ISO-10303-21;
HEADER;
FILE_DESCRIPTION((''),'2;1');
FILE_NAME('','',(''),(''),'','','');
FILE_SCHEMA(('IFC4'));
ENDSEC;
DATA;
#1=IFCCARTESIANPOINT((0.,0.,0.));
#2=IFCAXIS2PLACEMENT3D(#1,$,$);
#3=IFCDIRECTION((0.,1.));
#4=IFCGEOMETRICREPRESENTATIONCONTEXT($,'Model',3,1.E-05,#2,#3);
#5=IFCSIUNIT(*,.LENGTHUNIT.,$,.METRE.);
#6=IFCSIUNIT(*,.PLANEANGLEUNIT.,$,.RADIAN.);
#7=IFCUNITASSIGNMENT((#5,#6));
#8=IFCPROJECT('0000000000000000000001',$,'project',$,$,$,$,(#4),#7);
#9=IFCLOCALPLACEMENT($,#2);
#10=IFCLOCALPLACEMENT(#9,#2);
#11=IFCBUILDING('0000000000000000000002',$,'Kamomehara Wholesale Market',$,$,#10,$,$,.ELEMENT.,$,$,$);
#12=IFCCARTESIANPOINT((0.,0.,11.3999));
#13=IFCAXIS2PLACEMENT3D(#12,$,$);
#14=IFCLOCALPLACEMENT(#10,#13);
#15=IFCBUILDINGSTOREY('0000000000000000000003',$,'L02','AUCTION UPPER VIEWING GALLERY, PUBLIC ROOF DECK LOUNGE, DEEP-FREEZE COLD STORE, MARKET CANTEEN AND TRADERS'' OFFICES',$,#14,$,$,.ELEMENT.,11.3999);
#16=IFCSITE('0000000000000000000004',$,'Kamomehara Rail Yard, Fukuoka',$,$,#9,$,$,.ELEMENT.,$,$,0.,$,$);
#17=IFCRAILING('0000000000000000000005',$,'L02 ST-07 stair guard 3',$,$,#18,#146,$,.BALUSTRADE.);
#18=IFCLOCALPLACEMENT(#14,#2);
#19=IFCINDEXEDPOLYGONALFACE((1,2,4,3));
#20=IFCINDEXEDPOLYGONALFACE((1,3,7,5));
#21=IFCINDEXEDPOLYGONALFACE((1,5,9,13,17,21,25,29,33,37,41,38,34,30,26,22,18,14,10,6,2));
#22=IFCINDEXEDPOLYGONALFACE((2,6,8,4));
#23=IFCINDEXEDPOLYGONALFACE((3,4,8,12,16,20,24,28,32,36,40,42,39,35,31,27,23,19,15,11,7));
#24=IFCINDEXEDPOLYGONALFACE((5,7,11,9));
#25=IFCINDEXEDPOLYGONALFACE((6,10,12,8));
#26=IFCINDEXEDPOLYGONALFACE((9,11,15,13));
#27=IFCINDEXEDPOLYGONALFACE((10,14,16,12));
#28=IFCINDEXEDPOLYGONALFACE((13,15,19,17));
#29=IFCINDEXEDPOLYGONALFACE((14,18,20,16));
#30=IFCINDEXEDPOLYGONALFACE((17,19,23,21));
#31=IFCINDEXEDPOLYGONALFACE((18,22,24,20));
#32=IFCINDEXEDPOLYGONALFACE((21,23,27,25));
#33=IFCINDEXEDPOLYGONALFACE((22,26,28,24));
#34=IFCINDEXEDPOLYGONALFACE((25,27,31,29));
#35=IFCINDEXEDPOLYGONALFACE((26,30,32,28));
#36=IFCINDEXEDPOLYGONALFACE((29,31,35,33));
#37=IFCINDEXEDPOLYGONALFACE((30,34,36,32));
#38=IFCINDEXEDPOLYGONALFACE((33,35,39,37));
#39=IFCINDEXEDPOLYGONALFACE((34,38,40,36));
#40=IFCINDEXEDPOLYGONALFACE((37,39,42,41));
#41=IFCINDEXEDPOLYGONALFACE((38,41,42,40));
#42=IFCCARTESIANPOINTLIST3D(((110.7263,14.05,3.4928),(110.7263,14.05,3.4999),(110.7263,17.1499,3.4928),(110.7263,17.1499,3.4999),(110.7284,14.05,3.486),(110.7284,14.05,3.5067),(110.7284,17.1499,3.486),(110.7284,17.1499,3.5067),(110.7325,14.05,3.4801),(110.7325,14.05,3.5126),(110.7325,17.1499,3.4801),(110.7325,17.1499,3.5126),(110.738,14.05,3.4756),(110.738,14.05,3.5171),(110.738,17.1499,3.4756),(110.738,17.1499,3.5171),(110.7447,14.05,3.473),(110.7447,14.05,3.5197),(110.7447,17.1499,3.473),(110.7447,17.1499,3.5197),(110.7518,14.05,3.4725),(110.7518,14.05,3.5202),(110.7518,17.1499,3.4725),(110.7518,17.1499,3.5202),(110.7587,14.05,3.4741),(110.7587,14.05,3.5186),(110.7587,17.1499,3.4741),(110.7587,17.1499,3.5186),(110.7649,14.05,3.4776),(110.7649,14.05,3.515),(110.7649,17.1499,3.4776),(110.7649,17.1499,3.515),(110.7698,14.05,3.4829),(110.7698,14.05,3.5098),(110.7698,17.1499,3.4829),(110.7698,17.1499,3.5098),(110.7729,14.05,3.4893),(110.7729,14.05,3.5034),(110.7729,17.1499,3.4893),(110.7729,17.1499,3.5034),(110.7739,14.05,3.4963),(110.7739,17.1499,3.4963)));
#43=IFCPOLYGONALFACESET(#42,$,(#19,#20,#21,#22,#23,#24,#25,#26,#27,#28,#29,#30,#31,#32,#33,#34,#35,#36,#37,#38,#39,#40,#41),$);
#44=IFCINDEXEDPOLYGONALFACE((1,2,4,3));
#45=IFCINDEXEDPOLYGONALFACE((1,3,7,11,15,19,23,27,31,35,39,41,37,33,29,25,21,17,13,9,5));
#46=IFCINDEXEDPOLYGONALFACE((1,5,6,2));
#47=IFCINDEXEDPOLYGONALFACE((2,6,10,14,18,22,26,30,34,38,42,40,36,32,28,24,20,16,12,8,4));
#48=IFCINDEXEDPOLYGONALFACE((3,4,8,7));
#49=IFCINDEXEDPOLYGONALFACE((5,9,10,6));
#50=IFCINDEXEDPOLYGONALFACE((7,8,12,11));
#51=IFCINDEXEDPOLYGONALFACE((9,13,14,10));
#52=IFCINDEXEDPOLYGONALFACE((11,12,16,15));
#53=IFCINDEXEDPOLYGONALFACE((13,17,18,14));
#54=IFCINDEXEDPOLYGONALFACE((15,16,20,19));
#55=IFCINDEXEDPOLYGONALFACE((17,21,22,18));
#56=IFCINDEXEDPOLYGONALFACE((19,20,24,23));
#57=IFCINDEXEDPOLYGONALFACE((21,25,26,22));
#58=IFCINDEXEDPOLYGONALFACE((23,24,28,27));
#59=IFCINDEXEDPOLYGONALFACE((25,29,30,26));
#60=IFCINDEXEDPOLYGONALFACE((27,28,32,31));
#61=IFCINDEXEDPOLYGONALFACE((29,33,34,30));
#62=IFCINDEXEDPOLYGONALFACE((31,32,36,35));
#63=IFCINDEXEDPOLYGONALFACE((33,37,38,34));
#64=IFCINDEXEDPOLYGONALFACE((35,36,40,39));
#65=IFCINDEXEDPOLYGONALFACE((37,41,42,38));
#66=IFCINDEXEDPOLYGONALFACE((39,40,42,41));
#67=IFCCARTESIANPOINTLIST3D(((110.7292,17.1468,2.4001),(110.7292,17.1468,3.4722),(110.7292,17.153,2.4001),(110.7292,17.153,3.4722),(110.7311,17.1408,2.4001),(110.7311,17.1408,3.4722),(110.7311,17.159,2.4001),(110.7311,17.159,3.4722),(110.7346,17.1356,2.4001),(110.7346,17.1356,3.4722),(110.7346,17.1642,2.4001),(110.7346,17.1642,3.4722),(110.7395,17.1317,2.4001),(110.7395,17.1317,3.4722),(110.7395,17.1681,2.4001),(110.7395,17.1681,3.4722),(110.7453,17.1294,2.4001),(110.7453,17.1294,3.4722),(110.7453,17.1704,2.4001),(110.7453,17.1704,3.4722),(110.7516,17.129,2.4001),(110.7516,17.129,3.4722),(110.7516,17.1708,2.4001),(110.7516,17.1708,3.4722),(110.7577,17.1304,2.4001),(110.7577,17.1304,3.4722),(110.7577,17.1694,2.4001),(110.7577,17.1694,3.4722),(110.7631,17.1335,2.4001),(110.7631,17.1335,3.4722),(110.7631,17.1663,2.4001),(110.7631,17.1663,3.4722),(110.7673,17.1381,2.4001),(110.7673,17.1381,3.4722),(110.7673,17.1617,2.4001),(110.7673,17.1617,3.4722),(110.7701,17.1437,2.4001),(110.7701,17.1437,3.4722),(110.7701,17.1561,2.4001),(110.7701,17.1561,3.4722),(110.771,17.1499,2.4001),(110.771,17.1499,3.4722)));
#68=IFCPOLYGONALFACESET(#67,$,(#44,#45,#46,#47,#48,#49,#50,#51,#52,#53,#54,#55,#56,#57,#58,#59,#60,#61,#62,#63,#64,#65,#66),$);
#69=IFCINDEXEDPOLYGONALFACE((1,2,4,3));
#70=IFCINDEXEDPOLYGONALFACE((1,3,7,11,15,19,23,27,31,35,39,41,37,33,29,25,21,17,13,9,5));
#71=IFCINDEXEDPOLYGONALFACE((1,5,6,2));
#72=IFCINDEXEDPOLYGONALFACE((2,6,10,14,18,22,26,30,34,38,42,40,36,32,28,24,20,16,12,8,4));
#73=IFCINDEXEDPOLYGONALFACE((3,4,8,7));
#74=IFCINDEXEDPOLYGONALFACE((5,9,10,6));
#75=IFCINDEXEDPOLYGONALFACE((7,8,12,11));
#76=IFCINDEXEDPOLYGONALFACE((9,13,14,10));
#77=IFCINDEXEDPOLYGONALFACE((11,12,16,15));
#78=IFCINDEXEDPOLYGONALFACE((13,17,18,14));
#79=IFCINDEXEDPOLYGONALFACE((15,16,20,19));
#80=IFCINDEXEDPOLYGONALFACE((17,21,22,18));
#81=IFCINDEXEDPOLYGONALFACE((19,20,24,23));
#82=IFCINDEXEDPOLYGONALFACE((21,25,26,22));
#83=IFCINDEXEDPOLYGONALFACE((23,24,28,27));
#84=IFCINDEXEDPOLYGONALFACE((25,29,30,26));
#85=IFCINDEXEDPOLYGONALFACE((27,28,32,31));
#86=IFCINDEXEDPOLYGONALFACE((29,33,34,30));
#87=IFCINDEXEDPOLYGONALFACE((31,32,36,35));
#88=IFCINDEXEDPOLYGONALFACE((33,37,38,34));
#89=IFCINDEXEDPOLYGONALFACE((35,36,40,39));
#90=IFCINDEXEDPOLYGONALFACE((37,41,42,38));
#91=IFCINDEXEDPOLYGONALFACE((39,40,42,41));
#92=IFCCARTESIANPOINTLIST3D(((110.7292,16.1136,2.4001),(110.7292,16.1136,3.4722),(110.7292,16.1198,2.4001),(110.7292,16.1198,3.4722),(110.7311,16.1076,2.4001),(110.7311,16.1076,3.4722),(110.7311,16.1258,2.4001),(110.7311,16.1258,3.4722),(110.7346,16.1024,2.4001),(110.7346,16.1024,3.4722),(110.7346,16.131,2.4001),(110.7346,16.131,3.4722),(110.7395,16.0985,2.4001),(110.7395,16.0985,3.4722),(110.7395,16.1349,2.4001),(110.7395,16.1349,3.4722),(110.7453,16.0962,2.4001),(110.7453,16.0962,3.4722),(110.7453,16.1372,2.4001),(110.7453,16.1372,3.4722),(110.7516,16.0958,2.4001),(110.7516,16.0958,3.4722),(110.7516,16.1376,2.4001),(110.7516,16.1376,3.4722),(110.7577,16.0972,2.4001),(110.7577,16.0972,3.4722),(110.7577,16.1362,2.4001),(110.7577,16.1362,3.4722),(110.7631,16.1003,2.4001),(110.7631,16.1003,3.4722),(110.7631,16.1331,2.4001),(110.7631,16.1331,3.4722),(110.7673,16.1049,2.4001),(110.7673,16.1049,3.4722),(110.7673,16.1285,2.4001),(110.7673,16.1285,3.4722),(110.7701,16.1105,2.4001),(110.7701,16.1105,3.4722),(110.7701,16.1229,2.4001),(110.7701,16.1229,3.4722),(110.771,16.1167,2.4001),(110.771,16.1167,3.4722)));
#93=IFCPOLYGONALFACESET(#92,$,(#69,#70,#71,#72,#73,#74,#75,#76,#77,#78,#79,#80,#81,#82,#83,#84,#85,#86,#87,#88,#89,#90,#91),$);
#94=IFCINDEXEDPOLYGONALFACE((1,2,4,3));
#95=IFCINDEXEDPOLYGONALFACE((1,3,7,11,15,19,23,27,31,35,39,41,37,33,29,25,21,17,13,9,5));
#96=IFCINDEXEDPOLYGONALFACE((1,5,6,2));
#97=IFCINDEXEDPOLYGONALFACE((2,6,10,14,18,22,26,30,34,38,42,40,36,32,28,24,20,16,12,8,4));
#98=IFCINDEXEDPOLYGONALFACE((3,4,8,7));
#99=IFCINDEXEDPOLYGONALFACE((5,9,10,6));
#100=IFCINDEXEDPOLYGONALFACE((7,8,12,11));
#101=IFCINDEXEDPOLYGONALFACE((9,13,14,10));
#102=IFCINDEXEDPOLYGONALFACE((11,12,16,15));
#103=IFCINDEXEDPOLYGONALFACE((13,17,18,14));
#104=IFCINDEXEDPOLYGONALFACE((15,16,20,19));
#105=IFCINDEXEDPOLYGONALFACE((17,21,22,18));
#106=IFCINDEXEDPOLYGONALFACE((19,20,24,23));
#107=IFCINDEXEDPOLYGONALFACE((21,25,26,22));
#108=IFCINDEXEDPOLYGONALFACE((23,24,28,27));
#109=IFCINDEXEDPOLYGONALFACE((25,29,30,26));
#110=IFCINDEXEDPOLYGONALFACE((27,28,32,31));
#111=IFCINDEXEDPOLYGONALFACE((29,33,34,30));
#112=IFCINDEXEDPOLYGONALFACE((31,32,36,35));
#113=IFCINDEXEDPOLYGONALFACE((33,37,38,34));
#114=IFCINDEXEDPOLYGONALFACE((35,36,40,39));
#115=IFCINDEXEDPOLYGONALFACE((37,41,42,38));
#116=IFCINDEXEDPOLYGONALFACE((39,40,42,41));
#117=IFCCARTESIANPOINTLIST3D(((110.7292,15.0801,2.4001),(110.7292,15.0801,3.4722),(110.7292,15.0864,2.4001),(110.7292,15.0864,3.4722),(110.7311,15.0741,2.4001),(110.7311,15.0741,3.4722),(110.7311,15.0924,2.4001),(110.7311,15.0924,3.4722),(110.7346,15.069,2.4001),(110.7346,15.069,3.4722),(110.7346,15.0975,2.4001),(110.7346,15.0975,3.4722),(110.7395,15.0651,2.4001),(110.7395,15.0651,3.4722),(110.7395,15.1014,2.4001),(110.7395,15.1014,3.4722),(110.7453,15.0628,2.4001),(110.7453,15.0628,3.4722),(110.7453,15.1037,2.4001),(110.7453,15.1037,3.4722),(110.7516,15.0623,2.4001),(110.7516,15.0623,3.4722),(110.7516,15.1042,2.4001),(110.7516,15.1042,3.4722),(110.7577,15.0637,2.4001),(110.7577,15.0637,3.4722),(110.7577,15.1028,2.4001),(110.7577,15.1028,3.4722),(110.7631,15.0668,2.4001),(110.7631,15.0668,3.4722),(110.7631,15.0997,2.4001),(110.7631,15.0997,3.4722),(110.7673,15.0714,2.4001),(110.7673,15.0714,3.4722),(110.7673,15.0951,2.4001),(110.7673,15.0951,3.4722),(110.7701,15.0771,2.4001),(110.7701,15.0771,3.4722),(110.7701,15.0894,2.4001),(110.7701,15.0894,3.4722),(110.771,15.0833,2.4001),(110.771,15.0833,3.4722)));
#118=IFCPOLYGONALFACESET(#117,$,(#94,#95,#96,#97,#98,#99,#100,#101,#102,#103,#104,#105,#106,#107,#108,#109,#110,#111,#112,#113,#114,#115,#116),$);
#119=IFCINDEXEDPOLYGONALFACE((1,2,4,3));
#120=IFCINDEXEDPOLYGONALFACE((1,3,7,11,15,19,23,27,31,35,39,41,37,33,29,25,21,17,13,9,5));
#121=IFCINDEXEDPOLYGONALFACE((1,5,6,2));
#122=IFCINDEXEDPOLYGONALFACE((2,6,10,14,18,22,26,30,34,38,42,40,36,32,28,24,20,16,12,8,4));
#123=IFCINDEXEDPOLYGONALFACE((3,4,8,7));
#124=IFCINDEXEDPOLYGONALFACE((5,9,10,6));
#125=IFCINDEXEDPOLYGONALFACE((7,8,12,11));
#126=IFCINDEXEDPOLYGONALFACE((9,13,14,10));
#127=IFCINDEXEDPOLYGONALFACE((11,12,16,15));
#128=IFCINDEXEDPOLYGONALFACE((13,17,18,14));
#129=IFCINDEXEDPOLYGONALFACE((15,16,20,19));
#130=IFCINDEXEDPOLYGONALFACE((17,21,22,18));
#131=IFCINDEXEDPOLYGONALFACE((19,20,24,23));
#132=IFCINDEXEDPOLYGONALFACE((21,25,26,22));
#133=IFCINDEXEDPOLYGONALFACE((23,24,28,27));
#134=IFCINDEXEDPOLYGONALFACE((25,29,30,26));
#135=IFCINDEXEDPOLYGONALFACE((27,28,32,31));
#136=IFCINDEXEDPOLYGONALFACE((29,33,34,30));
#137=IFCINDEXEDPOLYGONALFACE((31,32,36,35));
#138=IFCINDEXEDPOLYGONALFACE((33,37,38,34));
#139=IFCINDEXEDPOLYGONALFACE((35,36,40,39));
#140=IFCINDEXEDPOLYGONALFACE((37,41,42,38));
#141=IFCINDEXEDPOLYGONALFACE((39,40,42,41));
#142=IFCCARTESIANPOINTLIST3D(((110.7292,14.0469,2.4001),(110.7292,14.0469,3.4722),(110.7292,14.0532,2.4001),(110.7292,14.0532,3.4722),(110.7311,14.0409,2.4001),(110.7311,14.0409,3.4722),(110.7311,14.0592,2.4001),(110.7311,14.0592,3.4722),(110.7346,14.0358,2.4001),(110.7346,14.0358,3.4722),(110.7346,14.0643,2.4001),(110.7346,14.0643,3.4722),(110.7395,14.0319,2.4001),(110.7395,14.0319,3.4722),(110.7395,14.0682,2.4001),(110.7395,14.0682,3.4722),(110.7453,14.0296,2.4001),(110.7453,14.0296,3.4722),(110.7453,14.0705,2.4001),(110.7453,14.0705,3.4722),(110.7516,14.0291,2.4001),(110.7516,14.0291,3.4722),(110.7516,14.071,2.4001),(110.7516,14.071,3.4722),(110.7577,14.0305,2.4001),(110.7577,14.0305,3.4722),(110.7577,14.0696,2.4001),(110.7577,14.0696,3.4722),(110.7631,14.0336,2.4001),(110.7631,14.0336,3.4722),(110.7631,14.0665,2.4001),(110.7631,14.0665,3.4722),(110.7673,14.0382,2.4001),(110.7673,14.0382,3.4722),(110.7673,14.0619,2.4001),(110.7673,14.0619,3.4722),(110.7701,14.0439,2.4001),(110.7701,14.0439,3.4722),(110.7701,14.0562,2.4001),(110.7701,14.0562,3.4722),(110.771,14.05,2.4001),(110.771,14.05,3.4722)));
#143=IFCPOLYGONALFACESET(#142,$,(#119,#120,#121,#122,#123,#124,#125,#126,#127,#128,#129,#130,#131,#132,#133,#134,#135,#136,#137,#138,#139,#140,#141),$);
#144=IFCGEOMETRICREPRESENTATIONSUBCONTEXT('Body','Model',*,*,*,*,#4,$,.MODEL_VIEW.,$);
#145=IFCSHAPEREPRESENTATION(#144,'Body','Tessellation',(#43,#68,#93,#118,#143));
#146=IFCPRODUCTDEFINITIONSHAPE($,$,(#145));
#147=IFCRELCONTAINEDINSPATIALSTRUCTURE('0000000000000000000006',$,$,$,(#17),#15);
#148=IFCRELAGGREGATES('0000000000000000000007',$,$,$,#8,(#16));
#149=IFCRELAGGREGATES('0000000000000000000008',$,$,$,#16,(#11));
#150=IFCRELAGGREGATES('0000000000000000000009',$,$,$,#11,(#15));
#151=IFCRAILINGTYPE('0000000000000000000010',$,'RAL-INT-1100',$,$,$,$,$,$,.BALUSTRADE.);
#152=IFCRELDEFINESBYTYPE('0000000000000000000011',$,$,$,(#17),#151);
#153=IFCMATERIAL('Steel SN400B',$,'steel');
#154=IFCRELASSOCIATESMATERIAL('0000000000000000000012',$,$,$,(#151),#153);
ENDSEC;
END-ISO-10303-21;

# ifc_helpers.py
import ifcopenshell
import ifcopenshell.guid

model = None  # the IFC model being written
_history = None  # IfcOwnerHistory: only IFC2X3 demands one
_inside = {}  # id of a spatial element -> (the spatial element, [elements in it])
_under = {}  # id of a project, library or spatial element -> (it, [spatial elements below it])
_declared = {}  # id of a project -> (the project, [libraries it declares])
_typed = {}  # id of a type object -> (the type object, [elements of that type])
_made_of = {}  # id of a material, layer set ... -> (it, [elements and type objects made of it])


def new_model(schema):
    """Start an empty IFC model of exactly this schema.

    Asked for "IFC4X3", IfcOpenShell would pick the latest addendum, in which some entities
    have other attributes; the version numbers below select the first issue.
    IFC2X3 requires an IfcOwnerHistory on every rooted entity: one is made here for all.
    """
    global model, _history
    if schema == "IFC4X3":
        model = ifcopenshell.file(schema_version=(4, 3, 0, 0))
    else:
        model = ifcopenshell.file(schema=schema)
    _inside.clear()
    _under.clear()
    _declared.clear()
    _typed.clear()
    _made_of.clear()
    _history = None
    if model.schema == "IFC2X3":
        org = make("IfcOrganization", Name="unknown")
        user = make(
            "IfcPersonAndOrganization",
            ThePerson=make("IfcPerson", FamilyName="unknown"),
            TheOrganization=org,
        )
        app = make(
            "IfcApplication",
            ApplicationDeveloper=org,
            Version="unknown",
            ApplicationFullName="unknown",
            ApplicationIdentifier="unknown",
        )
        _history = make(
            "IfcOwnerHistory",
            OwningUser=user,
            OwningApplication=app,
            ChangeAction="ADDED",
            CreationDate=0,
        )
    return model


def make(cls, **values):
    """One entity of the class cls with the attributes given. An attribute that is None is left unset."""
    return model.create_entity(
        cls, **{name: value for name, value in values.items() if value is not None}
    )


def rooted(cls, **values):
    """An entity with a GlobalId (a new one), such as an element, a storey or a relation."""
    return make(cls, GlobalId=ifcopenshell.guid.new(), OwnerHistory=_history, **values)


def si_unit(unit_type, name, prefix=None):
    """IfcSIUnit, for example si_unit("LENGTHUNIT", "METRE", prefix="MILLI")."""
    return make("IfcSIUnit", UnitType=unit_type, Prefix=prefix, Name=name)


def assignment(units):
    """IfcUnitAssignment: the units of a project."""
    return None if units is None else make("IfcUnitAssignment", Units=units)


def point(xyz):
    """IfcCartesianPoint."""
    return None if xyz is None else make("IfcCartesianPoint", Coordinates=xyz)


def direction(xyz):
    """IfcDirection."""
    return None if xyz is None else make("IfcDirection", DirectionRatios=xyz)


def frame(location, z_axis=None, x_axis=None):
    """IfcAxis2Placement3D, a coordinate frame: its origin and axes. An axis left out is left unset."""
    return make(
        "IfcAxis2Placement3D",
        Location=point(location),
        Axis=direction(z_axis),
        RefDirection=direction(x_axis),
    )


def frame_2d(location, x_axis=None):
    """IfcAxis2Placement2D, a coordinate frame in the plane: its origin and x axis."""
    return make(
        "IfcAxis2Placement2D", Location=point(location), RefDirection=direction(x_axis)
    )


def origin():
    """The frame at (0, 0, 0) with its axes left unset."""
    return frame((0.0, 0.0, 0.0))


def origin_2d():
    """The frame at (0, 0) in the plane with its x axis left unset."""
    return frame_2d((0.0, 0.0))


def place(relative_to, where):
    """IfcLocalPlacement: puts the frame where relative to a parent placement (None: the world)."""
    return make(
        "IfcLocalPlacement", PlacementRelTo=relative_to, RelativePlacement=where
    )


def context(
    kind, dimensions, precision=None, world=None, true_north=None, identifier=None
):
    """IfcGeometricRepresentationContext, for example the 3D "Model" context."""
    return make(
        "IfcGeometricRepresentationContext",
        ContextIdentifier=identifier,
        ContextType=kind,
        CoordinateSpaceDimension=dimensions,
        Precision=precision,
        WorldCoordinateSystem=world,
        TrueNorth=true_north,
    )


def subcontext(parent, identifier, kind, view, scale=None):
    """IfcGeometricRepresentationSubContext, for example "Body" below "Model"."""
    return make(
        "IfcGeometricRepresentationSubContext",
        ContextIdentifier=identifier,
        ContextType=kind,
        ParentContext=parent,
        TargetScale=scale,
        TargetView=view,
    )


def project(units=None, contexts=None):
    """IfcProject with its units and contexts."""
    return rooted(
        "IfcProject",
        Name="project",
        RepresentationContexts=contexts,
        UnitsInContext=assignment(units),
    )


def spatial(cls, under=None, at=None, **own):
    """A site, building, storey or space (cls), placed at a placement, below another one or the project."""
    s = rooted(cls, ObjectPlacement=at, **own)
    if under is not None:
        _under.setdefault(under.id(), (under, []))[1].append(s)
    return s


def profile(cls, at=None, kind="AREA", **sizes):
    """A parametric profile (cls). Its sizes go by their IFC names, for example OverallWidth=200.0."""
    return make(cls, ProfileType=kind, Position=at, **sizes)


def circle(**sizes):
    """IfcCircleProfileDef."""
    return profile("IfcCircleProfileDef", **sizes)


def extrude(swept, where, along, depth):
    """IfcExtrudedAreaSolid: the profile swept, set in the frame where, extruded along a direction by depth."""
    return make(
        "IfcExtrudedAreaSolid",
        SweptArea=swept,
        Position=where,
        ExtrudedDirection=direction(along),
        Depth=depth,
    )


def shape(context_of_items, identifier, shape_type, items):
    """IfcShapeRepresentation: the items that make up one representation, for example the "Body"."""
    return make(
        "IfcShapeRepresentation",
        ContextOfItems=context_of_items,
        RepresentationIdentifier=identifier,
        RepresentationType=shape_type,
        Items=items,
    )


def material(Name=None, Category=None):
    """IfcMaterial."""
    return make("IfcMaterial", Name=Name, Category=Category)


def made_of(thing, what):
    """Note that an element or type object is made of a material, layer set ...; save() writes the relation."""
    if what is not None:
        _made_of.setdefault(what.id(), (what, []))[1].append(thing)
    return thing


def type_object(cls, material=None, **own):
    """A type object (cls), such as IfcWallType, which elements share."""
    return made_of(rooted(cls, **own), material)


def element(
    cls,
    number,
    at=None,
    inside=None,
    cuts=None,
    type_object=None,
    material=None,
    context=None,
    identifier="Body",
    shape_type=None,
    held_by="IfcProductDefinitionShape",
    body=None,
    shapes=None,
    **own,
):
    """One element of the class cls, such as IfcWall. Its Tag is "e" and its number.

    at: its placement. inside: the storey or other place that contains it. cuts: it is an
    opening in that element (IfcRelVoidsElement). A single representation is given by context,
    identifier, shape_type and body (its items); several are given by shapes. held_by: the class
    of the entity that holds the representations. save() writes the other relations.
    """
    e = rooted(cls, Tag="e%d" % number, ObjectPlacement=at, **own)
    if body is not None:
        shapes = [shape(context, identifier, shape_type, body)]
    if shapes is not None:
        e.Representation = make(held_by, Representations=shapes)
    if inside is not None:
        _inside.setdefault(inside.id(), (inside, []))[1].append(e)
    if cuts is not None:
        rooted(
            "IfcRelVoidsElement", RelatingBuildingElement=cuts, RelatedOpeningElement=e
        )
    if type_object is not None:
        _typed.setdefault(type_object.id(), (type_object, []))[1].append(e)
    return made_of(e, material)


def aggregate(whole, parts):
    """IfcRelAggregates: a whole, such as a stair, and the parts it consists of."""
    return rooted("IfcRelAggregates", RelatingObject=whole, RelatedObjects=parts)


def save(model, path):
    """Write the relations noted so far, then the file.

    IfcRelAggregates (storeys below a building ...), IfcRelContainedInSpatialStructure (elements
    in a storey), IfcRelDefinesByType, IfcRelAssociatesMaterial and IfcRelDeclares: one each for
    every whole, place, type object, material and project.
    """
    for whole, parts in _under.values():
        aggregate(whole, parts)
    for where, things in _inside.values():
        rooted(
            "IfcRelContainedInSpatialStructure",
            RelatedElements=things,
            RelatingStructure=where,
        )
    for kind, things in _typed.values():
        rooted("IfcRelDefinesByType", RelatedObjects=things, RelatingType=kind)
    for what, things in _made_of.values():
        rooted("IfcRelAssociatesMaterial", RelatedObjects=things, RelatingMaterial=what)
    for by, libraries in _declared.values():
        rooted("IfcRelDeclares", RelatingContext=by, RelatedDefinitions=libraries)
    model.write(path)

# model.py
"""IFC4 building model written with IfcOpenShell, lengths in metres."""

from ifc_helpers import new_model, si_unit, direction, frame, origin, origin_2d, place, context, subcontext, project, spatial, circle, extrude, material, type_object, element, save


model = new_model("IFC4")

# Units and contexts
model_context = context("Model", 3, precision=1e-05, world=origin(), true_north=direction((0.0, 1.0)))
body_context = subcontext(model_context, "Body", "Model", "MODEL_VIEW")
ifc_project = project(units=[si_unit("LENGTHUNIT", "METRE"), si_unit("PLANEANGLEUNIT", "RADIAN")], contexts=[model_context])

# Site, building, storey
site_placement = place(None, origin())
site = spatial("IfcSite", under=ifc_project, at=site_placement, Name="Kamomehara Rail Yard, Fukuoka", CompositionType="ELEMENT", RefElevation=0.0)
building_placement = place(site_placement, origin())
building = spatial("IfcBuilding", under=site, at=building_placement, Name="Kamomehara Wholesale Market", CompositionType="ELEMENT")
storey_placement = place(building_placement, frame((0.0, 0.0, 11.3999)))
storey = spatial("IfcBuildingStorey", under=building, at=storey_placement, Name="L02", Description="AUCTION UPPER VIEWING GALLERY, PUBLIC ROOF DECK LOUNGE, DEEP-FREEZE COLD STORE, MARKET CANTEEN AND TRADERS' OFFICES", CompositionType="ELEMENT", Elevation=11.3999)

# Railing
ifc_material_1 = material(Name="Steel SN400B", Category="steel")
railing_type_1 = type_object("IfcRailingType", Name="RAL-INT-1100", PredefinedType="BALUSTRADE", material=ifc_material_1)
for number, where, name in (
    (1, (110.75, 17.1499, 2.4001), "L02 ST-07 stair guard 3"),
):
    element("IfcRailing", number, at=place(storey_placement, frame(where)), inside=storey, type_object=railing_type_1, Name=name, PredefinedType="BALUSTRADE", context=body_context, shape_type="SweptSolid", body=[
        extrude(circle(Radius=0.0239, at=origin_2d()), frame((0.0, 0.0, 1.0962), z_axis=(0.0, -1.0, 0.0), x_axis=(1.0, 0.0, 0.0)), (0.0, 0.0, 1.0), 3.0999),
        extrude(circle(Radius=0.021, at=origin_2d()), origin(), (0.0, 0.0, 1.0), 1.072),
        extrude(circle(Radius=0.021, at=origin_2d()), frame((0.0, -1.0332, 0.0)), (0.0, 0.0, 1.0), 1.072),
        extrude(circle(Radius=0.021, at=origin_2d()), frame((0.0, -2.0667, 0.0)), (0.0, 0.0, 1.0), 1.072),
        extrude(circle(Radius=0.021, at=origin_2d()), frame((0.0, -3.0999, 0.0)), (0.0, 0.0, 1.0), 1.072),
    ])

save(model, "model.ifc")
